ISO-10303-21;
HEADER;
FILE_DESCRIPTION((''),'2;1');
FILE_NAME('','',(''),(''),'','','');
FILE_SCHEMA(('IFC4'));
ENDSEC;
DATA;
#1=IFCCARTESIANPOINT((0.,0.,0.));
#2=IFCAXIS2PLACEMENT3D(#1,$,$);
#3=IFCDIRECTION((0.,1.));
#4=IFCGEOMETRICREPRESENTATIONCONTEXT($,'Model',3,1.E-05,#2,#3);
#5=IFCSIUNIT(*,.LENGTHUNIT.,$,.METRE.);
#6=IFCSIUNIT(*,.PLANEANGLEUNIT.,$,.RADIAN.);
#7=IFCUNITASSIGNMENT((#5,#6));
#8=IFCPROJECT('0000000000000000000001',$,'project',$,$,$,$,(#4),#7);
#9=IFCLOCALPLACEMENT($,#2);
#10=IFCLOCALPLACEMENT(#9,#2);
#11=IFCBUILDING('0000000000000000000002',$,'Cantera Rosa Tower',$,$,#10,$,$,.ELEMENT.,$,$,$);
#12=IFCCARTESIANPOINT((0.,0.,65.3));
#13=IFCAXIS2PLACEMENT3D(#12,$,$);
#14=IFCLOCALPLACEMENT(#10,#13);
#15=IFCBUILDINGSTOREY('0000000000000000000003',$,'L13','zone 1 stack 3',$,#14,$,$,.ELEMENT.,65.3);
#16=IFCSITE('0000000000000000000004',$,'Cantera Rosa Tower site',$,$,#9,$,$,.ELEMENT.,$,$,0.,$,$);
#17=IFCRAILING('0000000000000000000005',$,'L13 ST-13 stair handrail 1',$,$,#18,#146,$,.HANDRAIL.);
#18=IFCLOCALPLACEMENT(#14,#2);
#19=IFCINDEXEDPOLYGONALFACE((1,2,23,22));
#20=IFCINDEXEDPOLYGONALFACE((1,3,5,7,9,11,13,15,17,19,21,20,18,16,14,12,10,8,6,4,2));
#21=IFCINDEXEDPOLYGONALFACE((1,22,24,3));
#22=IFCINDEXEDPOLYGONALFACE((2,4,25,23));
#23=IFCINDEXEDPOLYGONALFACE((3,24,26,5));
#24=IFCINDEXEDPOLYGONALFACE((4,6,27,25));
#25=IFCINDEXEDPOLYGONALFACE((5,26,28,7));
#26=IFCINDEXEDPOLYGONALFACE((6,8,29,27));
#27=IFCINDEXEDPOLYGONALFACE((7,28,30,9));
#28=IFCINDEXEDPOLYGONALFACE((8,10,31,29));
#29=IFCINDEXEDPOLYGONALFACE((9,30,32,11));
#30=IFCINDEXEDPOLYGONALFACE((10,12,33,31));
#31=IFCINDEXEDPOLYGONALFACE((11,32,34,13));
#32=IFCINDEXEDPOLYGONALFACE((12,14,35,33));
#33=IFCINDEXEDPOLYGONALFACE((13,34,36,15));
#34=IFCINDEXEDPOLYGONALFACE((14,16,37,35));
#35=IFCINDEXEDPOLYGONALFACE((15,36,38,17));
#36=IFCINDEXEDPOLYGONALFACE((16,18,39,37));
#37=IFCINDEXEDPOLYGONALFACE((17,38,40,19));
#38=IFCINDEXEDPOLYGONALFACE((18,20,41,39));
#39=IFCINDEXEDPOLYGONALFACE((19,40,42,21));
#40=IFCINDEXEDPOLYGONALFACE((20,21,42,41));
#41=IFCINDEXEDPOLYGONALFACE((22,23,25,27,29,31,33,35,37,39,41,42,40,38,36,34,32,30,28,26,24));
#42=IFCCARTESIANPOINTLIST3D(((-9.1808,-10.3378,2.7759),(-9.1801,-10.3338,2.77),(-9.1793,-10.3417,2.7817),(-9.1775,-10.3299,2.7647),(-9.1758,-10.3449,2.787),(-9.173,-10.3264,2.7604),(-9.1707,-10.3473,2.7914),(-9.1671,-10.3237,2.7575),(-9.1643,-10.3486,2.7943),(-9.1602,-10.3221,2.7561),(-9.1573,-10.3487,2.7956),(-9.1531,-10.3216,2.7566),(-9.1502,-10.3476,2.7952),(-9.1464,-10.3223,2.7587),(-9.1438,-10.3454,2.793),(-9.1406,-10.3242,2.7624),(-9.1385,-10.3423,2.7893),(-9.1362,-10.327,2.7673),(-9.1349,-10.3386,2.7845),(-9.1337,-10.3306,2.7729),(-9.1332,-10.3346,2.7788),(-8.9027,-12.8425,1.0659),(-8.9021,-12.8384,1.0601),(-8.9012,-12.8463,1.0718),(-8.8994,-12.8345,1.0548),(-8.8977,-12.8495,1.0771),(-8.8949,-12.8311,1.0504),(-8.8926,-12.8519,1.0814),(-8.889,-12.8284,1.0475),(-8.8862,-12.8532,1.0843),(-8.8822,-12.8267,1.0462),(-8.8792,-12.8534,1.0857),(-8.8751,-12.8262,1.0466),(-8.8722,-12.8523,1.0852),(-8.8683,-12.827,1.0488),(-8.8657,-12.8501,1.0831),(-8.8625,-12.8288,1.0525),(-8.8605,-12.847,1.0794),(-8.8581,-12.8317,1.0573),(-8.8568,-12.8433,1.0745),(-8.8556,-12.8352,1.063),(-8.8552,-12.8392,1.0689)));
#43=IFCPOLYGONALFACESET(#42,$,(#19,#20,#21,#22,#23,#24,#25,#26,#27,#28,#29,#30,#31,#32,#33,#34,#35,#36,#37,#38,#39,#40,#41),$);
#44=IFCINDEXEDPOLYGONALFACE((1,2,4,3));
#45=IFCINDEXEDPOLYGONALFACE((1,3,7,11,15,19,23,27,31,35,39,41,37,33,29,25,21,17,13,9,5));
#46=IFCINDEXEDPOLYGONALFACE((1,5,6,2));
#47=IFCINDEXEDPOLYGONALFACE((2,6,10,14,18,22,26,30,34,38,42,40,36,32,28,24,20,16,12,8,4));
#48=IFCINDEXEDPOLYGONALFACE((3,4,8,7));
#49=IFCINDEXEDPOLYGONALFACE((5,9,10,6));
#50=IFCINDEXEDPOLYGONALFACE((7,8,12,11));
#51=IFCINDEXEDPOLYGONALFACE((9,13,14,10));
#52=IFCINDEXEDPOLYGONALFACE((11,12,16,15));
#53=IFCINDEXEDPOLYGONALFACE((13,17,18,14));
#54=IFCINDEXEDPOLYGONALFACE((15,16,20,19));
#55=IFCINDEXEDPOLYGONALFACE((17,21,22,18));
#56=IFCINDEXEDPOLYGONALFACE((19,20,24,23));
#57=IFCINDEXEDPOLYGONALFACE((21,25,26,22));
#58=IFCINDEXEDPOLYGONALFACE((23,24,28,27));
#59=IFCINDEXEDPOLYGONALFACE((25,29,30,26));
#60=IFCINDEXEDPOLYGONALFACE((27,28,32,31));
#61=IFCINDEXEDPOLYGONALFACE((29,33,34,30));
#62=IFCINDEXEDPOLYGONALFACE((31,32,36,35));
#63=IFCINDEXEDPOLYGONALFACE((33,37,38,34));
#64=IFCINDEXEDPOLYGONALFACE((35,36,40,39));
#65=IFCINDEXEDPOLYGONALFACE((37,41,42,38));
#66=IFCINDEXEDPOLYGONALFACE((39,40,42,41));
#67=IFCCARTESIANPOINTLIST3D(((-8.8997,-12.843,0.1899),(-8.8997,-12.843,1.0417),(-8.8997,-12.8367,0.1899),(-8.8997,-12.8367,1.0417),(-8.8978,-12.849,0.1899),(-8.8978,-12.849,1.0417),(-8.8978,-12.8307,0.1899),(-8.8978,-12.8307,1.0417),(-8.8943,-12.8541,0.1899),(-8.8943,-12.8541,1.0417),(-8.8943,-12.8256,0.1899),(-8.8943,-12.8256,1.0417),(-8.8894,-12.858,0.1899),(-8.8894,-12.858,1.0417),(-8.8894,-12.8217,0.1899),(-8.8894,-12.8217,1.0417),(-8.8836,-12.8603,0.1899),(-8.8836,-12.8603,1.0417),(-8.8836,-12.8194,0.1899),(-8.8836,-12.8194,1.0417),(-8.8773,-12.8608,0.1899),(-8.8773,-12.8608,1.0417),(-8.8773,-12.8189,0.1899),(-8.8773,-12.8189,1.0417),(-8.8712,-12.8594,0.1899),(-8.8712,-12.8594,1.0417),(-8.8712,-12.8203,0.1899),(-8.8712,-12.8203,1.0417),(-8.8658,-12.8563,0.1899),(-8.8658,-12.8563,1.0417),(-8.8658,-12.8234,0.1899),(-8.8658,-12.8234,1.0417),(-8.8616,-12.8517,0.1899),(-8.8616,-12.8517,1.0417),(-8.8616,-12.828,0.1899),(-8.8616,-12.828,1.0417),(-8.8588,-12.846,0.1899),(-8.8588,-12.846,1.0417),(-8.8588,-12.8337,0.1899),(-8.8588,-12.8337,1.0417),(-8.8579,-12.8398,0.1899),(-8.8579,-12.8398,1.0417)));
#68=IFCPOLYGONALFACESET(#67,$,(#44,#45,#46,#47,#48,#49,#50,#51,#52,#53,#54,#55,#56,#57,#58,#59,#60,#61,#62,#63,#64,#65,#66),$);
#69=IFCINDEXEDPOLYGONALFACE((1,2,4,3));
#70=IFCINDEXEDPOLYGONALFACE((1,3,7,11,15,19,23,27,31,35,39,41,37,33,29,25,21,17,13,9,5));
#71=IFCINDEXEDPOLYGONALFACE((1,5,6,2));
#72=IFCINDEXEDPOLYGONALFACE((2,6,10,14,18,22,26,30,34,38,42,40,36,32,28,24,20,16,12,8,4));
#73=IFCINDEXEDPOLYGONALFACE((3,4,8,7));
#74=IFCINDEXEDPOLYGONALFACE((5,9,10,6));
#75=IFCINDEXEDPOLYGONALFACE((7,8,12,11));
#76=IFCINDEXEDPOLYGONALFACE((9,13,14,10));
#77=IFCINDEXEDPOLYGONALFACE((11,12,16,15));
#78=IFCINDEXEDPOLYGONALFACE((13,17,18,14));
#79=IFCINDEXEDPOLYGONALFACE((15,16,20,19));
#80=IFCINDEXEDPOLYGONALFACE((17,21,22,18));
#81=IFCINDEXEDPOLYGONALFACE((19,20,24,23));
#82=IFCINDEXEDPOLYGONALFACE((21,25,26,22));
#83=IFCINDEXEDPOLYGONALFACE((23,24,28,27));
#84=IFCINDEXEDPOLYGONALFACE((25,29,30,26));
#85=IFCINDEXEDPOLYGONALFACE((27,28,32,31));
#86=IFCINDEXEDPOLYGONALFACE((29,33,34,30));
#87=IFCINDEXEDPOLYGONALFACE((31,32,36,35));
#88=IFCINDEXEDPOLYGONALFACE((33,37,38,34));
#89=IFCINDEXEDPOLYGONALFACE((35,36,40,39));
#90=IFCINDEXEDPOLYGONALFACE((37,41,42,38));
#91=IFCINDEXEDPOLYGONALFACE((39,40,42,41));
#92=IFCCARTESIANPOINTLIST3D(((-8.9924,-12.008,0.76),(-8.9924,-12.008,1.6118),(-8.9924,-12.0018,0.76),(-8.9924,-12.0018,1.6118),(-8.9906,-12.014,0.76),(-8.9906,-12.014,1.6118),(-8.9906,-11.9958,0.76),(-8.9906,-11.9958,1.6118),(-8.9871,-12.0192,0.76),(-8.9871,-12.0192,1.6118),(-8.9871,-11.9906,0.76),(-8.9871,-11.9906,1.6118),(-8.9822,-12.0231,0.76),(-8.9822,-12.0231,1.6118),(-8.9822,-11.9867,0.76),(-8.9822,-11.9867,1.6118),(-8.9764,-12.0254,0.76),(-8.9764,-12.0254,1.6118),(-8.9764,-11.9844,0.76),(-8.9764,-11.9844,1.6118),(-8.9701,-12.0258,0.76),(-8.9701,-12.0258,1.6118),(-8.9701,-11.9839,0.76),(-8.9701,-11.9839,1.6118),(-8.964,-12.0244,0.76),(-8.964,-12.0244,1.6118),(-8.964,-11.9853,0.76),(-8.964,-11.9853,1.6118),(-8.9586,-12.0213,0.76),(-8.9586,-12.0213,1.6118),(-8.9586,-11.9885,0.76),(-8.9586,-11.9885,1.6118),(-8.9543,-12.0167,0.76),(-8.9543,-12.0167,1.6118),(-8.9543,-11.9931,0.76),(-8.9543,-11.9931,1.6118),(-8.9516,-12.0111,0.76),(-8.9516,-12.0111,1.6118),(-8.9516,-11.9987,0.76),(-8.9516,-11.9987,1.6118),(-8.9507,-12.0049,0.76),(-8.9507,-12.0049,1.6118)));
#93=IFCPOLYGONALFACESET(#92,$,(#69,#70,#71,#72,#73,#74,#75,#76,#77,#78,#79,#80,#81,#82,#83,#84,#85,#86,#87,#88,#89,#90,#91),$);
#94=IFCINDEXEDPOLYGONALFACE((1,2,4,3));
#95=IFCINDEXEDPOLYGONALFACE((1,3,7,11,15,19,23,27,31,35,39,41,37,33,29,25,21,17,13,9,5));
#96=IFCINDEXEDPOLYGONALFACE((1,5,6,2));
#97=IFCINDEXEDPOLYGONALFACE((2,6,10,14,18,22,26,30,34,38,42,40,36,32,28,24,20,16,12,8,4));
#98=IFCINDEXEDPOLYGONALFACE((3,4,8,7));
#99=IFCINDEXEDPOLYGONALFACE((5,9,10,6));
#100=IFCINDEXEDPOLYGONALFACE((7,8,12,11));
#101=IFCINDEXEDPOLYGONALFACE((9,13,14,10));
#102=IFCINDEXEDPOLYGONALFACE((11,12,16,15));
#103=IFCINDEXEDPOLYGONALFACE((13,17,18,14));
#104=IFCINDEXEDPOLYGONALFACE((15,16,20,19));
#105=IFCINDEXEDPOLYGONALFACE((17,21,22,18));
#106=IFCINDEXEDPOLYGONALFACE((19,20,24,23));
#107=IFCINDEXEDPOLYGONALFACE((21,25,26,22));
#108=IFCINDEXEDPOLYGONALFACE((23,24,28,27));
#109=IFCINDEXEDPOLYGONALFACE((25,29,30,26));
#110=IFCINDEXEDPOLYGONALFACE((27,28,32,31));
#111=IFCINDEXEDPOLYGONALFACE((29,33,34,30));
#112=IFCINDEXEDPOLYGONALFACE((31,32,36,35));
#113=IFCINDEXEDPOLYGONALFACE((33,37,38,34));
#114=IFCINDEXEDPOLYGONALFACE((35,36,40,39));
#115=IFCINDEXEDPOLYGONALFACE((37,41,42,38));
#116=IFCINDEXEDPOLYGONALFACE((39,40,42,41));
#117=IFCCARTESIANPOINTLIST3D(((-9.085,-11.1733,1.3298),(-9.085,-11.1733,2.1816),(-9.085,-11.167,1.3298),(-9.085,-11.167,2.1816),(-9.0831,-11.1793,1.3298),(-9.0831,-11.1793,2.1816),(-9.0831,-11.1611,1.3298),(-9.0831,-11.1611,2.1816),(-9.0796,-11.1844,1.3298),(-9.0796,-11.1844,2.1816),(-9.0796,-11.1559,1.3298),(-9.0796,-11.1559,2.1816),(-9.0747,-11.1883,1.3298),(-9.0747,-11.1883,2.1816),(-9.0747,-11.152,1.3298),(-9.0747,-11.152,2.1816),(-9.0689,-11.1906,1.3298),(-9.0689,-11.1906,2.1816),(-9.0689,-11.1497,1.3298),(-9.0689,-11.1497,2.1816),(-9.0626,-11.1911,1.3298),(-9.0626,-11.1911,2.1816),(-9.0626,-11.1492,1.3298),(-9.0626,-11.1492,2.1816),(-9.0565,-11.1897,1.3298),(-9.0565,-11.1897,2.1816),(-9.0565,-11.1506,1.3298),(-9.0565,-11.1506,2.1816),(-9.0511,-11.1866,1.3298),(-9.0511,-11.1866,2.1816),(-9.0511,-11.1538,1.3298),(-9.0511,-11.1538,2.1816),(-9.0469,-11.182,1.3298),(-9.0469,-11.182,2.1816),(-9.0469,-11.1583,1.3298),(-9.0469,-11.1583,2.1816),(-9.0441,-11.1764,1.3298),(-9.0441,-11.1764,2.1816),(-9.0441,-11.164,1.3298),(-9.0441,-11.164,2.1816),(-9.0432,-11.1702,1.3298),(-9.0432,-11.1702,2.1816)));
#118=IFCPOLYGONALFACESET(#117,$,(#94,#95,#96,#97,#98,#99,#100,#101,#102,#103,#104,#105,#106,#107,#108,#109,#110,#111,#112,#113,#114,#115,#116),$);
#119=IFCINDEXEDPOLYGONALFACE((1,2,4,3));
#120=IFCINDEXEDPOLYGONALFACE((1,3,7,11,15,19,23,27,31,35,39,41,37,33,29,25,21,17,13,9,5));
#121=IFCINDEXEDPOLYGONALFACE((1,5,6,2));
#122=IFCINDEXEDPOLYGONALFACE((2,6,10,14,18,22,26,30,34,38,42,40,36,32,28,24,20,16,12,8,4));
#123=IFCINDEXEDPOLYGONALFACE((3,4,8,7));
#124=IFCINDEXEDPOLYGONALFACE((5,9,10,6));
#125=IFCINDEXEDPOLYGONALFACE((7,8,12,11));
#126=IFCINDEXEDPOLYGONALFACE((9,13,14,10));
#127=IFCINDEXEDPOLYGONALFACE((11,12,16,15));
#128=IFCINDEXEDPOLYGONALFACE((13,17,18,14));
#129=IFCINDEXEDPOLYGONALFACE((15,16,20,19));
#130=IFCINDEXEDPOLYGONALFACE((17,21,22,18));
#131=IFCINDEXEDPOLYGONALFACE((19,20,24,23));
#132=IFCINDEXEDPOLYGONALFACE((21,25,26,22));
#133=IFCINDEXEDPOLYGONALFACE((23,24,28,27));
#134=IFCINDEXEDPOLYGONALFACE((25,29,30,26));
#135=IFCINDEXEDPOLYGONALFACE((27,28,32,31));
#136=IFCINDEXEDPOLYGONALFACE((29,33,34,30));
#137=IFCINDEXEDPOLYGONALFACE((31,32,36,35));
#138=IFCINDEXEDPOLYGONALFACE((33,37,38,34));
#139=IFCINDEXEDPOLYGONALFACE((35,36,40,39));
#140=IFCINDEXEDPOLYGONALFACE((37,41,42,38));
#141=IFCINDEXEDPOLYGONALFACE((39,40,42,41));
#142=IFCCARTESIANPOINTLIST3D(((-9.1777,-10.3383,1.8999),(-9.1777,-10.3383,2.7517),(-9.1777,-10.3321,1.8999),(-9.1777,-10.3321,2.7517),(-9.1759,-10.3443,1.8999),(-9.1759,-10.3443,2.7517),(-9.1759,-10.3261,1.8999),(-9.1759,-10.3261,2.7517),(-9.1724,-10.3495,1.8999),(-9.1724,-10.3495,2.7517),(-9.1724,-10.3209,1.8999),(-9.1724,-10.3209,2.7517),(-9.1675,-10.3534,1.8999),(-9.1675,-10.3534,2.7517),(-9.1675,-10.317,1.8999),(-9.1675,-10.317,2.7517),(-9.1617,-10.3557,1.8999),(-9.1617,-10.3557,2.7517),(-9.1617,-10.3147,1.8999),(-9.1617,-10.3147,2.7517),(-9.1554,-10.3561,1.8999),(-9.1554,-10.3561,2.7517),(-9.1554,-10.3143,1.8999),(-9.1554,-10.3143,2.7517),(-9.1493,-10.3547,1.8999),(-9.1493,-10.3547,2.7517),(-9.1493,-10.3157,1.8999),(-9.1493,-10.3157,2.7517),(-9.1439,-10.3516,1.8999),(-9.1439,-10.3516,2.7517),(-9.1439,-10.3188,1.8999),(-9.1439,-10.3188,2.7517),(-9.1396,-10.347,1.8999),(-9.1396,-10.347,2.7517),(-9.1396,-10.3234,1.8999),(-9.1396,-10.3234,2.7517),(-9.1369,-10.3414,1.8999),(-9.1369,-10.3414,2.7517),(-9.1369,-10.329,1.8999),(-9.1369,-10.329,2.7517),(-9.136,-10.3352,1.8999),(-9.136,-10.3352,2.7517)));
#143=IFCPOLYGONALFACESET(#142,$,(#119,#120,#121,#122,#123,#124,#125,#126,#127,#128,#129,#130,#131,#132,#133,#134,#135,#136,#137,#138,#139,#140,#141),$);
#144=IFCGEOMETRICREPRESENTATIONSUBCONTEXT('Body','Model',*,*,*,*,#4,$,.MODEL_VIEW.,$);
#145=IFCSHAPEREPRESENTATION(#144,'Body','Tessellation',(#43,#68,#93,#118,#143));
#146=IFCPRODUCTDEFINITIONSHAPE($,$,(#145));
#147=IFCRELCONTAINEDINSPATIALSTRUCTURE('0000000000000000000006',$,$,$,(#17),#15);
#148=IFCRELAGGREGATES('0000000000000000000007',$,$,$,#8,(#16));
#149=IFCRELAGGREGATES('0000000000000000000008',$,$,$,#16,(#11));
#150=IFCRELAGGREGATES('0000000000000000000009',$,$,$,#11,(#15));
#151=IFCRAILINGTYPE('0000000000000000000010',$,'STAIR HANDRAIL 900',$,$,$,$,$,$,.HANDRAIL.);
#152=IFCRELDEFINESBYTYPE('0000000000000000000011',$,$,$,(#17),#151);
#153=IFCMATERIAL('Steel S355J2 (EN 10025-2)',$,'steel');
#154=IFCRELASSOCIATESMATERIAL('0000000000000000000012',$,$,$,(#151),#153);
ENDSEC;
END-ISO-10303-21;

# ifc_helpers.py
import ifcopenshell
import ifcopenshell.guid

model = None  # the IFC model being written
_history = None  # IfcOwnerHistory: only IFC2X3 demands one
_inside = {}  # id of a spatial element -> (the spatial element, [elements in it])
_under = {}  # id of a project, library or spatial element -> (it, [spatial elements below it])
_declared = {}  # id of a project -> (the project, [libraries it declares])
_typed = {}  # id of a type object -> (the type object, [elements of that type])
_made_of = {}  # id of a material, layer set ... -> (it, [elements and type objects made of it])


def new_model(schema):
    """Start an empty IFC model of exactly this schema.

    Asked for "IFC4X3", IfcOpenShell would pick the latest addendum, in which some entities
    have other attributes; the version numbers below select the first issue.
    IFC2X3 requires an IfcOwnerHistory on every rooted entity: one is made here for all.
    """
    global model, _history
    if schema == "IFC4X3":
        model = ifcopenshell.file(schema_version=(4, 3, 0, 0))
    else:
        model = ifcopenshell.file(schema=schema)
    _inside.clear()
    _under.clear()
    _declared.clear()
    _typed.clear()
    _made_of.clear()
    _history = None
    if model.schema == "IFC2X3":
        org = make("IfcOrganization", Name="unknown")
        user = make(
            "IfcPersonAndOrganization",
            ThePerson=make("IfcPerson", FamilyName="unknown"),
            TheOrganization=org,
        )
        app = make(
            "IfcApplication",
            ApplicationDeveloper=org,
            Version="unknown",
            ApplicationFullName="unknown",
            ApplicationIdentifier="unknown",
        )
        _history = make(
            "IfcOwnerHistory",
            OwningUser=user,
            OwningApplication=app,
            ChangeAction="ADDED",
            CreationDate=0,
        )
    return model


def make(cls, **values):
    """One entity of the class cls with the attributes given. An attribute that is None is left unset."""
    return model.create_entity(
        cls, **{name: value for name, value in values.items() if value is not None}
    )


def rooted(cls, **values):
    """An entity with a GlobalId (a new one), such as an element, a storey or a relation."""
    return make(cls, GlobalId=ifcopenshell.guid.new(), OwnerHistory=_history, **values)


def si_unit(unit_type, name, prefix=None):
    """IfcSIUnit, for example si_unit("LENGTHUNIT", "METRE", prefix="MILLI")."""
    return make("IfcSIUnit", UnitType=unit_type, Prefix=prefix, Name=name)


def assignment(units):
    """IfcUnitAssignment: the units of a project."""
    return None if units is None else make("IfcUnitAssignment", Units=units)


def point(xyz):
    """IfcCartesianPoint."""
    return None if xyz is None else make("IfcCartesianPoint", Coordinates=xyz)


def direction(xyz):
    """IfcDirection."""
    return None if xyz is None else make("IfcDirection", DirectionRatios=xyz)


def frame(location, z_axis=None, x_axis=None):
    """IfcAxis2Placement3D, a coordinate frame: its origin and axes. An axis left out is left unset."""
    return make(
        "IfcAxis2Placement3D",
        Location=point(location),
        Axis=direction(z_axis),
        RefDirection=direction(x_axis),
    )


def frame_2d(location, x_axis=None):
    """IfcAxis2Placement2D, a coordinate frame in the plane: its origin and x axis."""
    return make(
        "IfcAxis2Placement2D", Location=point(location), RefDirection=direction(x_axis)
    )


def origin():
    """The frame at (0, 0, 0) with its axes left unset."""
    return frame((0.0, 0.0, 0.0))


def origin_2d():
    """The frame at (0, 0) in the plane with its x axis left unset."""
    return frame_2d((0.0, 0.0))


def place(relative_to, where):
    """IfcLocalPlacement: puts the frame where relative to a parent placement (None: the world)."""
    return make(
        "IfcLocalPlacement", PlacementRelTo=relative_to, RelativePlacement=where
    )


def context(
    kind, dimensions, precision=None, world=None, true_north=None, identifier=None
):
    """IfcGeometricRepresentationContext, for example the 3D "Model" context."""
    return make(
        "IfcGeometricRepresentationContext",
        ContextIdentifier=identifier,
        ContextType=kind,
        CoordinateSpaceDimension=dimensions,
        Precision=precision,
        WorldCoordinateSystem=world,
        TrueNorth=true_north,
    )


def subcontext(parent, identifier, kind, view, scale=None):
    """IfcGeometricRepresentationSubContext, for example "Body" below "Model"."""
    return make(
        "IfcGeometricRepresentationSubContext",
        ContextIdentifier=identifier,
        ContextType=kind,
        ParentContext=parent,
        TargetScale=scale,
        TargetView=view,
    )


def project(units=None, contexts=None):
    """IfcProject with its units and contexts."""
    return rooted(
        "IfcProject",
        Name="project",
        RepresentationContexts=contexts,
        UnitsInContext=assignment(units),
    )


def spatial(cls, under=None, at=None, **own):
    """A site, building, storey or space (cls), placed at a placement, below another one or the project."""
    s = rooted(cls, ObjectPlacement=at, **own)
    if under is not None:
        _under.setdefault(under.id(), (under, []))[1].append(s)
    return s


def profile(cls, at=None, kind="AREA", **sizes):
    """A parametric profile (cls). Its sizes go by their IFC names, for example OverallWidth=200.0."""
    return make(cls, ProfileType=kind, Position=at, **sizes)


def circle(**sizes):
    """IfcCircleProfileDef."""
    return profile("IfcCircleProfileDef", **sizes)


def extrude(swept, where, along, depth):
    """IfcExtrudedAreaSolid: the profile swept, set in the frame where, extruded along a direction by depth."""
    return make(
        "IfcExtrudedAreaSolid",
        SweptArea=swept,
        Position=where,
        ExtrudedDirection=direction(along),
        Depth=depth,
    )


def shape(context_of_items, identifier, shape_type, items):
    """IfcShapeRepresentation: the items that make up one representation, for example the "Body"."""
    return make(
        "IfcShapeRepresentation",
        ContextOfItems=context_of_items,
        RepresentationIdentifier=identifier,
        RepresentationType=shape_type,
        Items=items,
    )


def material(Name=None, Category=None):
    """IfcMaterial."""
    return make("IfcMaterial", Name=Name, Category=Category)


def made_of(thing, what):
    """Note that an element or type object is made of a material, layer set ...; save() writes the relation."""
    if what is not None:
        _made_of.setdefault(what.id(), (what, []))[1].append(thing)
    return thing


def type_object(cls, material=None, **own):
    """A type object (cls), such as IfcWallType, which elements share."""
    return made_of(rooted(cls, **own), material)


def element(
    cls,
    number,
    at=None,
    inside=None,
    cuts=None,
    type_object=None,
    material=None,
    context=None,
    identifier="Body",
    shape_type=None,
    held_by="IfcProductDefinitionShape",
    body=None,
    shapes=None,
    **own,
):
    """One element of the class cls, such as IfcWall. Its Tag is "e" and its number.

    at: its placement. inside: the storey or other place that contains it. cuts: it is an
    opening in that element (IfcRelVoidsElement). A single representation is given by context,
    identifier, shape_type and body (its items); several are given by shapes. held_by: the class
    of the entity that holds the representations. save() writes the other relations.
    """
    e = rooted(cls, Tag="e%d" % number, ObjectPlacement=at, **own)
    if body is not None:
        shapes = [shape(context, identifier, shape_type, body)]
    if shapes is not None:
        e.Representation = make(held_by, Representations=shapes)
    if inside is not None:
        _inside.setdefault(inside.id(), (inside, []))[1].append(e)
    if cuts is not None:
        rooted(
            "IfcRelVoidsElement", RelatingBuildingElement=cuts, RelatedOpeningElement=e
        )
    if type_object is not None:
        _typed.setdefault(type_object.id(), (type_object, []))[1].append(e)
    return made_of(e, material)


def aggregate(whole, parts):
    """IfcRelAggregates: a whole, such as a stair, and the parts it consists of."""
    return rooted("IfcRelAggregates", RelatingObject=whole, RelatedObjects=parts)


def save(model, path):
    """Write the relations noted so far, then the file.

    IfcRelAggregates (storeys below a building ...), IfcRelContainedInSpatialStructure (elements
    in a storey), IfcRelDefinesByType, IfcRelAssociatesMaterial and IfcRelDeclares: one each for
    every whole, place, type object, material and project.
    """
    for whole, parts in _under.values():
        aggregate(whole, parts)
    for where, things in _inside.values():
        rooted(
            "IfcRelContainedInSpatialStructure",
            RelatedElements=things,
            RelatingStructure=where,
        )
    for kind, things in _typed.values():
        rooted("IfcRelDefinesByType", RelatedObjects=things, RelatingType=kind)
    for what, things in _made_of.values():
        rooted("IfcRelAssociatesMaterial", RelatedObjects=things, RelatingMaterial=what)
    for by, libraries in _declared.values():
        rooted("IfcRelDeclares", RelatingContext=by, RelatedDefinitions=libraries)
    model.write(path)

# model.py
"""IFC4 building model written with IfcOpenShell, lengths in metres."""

from ifc_helpers import new_model, si_unit, direction, frame, origin, origin_2d, place, context, subcontext, project, spatial, circle, extrude, material, type_object, element, save


model = new_model("IFC4")

# Units and contexts
model_context = context("Model", 3, precision=1e-05, world=origin(), true_north=direction((0.0, 1.0)))
body_context = subcontext(model_context, "Body", "Model", "MODEL_VIEW")
ifc_project = project(units=[si_unit("LENGTHUNIT", "METRE"), si_unit("PLANEANGLEUNIT", "RADIAN")], contexts=[model_context])

# Site, building, storey
site_placement = place(None, origin())
site = spatial("IfcSite", under=ifc_project, at=site_placement, Name="Cantera Rosa Tower site", CompositionType="ELEMENT", RefElevation=0.0)
building_placement = place(site_placement, origin())
building = spatial("IfcBuilding", under=site, at=building_placement, Name="Cantera Rosa Tower", CompositionType="ELEMENT")
storey_placement = place(building_placement, frame((0.0, 0.0, 65.3)))
storey = spatial("IfcBuildingStorey", under=building, at=storey_placement, Name="L13", Description="zone 1 stack 3", CompositionType="ELEMENT", Elevation=65.3)

# Railing
ifc_material_1 = material(Name="Steel S355J2 (EN 10025-2)", Category="steel")
railing_type_1 = type_object("IfcRailingType", Name="STAIR HANDRAIL 900", PredefinedType="HANDRAIL", material=ifc_material_1)
railing_1_placement = place(storey_placement, frame((-8.8789, -12.8398, 0.1899)))
element("IfcRailing", 1, at=railing_1_placement, inside=storey, type_object=railing_type_1, Name="L13 ST-13 stair handrail 1", PredefinedType="HANDRAIL", context=body_context, shape_type="SweptSolid", body=[
    extrude(circle(Radius=0.0239, at=origin_2d()), frame((0.0, 0.0, 0.876), z_axis=(-0.09131, 0.822431, 0.561488), x_axis=(-0.993893, -0.110346, 0.0)), (0.0, 0.0, 1.0), 3.0454),
    extrude(circle(Radius=0.021, at=origin_2d()), origin(), (0.0, 0.0, 1.0), 0.8518),
    extrude(circle(Radius=0.021, at=origin_2d()), frame((-0.0928, 0.835, 0.5701)), (0.0, 0.0, 1.0), 0.8518),
    extrude(circle(Radius=0.021, at=origin_2d()), frame((-0.1853, 1.6697, 1.1399)), (0.0, 0.0, 1.0), 0.8518),
    extrude(circle(Radius=0.021, at=origin_2d()), frame((-0.2781, 2.5046, 1.71)), (0.0, 0.0, 1.0), 0.8518),
])

save(model, "model.ifc")
